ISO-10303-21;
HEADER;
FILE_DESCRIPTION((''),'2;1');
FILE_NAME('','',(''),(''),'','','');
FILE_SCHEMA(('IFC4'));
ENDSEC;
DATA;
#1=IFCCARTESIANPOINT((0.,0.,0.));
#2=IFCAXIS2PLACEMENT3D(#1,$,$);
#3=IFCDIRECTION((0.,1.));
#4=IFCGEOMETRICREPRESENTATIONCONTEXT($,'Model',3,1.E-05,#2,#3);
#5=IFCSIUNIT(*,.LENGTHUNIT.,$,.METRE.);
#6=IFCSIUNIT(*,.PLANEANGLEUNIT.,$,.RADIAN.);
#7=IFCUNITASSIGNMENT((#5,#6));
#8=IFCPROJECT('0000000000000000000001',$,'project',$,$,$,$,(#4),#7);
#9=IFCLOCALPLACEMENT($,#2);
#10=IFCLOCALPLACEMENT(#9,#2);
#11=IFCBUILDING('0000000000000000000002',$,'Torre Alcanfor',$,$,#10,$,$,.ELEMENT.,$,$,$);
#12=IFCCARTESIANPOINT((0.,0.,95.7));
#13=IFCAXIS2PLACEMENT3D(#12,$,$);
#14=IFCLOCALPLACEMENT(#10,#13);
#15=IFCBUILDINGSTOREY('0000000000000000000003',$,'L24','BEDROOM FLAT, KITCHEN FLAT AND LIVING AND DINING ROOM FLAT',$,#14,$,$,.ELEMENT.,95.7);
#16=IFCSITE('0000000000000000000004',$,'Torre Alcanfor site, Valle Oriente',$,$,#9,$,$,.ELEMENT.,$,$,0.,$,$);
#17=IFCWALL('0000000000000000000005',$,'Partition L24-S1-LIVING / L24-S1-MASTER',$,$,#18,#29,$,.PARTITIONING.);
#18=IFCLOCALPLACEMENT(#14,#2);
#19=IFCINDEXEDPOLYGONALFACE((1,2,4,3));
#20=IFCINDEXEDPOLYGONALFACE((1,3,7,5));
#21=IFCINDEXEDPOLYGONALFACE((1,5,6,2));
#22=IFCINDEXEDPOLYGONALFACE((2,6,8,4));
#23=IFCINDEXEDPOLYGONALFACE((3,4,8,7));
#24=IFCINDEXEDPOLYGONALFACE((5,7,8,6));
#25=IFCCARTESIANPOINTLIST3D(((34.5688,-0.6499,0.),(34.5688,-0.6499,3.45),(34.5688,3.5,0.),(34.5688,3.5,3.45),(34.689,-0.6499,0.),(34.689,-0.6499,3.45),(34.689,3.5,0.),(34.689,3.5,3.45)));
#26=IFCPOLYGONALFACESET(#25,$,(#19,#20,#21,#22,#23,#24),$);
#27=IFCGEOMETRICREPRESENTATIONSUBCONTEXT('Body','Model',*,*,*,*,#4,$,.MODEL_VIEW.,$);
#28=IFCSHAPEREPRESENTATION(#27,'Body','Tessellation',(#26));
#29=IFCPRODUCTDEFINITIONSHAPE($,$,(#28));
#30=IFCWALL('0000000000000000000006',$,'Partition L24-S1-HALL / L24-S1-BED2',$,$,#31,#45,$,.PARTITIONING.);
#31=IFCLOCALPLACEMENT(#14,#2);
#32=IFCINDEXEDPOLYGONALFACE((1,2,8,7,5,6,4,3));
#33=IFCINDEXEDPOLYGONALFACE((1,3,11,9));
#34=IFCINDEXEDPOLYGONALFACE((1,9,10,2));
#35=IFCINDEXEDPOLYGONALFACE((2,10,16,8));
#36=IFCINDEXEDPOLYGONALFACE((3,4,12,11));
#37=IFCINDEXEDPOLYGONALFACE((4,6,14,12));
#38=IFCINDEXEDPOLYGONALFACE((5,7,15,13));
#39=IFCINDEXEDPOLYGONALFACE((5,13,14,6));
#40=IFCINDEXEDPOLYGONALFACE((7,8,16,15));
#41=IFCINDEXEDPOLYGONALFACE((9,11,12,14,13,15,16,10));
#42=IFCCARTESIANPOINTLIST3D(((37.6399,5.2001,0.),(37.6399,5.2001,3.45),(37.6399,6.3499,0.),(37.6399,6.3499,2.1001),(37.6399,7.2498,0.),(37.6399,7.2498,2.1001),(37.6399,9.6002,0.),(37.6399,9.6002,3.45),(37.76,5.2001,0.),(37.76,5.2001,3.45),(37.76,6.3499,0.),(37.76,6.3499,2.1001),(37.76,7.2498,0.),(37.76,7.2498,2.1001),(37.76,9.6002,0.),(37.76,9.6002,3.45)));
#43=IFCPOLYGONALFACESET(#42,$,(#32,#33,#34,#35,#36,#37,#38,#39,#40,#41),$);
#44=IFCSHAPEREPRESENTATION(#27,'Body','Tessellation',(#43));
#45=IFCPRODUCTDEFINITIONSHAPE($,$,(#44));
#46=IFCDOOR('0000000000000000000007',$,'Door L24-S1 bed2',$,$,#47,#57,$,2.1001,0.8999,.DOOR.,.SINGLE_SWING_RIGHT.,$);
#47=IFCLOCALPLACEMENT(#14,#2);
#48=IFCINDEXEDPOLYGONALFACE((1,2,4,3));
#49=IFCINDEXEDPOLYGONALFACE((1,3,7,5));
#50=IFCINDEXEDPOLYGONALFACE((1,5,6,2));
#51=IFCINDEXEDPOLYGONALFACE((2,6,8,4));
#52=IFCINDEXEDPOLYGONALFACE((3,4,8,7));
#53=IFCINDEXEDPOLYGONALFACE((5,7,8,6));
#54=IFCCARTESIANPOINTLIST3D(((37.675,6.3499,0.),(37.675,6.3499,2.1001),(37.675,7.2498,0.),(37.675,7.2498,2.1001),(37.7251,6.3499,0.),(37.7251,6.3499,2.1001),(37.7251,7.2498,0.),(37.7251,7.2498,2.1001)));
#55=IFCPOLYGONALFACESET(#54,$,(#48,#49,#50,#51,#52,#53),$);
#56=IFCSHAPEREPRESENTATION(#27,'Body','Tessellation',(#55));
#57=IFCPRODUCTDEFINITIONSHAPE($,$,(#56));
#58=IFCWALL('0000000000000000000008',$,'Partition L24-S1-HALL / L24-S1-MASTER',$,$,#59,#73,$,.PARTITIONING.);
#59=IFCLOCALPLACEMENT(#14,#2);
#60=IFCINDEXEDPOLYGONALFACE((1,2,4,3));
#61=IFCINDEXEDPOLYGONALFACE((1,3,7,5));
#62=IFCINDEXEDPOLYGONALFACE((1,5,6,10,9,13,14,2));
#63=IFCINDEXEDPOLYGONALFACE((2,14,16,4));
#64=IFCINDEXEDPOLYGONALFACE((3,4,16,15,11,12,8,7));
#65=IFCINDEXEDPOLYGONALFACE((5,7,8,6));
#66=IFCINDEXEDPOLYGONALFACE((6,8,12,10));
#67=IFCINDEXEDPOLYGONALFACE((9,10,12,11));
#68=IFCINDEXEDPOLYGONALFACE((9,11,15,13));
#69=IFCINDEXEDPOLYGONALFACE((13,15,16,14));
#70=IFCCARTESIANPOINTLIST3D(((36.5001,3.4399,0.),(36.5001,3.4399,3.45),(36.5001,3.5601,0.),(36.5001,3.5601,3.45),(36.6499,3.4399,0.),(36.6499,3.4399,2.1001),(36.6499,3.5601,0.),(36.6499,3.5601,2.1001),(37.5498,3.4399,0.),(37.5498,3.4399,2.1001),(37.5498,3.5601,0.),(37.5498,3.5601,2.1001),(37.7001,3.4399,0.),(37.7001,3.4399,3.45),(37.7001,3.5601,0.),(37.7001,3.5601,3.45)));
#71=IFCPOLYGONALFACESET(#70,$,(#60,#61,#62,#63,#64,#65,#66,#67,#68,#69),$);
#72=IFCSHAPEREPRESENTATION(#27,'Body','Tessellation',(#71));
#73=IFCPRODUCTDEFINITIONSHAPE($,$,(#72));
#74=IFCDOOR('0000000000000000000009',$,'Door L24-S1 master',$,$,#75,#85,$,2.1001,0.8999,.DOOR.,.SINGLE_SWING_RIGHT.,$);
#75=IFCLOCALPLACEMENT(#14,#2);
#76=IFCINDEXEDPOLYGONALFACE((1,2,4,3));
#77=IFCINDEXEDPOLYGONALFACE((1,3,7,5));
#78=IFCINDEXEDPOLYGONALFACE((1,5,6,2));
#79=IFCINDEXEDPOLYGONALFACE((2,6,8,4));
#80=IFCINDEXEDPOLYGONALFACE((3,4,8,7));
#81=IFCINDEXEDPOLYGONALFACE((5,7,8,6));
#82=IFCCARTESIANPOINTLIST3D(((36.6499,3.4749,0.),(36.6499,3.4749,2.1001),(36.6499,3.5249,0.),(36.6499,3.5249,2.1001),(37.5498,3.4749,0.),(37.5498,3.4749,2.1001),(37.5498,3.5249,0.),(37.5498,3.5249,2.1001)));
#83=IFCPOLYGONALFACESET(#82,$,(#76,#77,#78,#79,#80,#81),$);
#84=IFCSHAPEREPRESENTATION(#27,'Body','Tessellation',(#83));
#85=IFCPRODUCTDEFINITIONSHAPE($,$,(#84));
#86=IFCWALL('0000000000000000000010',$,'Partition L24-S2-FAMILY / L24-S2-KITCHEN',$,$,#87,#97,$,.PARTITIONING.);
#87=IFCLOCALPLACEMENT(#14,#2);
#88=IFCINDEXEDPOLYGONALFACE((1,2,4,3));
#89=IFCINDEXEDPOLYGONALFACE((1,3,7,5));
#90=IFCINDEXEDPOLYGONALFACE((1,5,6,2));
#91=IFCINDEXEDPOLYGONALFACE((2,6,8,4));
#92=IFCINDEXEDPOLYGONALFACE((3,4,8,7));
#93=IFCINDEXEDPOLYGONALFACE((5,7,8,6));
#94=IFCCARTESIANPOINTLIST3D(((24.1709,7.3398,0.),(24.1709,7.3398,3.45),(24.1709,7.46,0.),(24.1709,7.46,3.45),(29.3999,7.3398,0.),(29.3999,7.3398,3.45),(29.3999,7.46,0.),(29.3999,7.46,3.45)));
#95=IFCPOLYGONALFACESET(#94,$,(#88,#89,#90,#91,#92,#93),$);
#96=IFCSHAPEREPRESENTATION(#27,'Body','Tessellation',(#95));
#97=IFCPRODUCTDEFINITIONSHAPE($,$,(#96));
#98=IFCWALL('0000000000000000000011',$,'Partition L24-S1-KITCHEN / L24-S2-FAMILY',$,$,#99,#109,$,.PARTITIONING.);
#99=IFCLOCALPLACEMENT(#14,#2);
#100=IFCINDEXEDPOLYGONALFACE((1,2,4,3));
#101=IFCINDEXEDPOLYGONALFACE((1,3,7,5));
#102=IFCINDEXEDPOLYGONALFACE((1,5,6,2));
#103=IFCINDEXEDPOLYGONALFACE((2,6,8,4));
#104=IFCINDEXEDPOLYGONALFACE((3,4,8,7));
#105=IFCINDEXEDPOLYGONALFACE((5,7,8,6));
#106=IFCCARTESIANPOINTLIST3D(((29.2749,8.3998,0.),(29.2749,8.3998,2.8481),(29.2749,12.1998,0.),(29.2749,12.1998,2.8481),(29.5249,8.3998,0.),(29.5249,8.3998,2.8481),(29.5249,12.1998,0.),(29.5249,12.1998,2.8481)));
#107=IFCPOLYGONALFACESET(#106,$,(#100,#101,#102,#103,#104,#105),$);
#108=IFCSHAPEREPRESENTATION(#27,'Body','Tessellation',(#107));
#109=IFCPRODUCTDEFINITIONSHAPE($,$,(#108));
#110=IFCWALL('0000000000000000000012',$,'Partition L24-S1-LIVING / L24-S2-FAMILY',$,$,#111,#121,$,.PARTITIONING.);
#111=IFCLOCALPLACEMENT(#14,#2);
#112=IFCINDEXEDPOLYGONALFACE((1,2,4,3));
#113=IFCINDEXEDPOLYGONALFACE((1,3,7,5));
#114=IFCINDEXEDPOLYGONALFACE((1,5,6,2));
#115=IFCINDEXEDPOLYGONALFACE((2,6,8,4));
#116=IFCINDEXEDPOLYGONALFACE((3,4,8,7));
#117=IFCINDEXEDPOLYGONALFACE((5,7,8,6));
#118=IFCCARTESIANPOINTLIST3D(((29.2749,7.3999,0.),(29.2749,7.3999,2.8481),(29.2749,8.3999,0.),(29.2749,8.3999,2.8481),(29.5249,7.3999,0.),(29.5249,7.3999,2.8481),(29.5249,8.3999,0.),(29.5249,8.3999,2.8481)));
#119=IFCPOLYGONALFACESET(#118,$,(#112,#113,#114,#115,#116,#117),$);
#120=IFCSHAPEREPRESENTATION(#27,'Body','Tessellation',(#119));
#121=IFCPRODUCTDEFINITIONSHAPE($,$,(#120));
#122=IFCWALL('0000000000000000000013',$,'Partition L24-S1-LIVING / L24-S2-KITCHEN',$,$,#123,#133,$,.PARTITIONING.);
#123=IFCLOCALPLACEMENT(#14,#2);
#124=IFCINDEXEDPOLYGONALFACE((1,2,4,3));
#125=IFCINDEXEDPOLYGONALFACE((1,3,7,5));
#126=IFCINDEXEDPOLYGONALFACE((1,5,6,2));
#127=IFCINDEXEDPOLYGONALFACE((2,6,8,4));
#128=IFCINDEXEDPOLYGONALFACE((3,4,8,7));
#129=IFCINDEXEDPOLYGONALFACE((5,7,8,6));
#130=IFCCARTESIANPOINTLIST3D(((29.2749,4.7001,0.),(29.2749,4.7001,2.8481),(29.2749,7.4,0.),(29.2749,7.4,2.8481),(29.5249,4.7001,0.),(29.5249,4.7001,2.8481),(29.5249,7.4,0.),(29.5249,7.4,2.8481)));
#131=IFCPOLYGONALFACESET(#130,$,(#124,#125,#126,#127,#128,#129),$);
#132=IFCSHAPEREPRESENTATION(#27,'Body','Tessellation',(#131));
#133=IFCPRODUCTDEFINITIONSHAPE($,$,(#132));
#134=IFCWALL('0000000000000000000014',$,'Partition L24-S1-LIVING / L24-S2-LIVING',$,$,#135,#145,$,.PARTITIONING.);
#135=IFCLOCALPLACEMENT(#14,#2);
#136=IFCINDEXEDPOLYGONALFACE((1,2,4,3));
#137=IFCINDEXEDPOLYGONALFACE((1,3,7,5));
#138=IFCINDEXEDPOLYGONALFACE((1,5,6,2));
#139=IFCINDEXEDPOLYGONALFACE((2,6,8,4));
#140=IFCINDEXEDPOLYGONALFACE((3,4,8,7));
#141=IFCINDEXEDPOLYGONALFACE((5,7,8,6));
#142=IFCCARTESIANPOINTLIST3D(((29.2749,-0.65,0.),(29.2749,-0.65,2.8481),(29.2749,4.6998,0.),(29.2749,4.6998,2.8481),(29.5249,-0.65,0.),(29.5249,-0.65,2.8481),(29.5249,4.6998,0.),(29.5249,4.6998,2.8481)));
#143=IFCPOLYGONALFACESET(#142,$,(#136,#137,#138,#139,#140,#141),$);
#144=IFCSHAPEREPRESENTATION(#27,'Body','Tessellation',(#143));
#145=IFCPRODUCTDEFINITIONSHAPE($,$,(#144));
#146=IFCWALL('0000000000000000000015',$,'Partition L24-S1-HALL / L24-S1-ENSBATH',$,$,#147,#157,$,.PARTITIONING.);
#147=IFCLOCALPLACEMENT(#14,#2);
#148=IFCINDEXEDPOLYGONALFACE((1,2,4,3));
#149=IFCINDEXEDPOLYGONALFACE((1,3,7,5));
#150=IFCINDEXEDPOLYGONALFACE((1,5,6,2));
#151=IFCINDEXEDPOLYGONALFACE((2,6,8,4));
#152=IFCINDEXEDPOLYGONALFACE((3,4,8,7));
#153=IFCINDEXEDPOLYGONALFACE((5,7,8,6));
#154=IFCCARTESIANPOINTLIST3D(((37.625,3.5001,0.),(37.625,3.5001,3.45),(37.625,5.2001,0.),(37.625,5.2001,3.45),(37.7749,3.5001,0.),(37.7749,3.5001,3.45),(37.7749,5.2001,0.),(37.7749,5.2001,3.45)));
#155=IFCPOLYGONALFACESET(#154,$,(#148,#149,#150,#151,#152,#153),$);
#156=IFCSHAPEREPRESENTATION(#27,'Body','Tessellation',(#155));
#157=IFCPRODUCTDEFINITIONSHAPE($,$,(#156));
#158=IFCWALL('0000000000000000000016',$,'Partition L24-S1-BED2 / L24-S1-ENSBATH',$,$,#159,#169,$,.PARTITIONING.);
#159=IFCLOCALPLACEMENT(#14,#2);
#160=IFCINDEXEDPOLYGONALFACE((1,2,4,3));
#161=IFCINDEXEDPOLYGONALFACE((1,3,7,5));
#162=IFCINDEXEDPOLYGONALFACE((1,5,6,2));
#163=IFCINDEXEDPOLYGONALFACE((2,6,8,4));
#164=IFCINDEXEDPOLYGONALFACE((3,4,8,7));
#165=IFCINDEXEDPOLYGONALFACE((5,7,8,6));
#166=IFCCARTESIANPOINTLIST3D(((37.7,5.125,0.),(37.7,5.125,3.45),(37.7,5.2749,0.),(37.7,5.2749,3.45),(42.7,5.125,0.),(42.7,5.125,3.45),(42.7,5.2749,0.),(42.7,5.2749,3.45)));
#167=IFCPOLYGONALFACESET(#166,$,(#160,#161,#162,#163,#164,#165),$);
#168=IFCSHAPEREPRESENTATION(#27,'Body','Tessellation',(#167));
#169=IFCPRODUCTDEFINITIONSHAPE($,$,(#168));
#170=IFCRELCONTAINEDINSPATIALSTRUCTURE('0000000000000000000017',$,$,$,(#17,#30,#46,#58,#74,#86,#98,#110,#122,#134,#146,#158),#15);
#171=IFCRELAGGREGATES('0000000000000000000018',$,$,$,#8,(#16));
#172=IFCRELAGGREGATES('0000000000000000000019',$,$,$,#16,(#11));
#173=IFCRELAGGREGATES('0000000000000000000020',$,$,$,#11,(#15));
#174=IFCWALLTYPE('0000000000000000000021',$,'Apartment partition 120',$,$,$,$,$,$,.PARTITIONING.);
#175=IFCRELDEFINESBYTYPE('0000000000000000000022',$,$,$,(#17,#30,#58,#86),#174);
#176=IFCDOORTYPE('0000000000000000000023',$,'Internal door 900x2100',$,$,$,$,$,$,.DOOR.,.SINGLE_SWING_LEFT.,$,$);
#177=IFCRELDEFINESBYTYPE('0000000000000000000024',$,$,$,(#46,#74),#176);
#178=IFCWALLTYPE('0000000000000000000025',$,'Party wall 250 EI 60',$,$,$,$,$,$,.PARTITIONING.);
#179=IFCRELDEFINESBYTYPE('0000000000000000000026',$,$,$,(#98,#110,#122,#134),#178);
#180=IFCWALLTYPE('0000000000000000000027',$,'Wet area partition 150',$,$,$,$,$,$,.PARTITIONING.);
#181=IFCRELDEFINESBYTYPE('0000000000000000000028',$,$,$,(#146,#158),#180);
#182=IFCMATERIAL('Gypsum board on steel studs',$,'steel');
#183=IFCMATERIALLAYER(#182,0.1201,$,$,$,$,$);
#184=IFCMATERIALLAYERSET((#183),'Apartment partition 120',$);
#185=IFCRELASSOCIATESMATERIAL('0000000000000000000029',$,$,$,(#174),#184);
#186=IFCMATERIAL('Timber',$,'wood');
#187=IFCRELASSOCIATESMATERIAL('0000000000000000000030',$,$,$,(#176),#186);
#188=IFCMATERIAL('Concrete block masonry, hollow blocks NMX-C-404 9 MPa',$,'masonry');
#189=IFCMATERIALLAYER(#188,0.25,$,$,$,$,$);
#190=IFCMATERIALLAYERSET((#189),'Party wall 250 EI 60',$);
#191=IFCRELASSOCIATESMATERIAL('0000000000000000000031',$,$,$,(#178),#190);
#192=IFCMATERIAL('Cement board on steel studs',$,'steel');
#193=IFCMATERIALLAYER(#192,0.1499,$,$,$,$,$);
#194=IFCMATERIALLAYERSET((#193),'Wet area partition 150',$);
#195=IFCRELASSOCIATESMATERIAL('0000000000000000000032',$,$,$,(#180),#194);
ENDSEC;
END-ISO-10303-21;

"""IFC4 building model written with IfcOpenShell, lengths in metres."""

from ifc_helpers import new_model, si_unit, direction, frame, frame_2d, origin, place, context, subcontext, project, spatial, rectangle, extrude, material, layer, layer_set, type_object, element, fill, save


model = new_model("IFC4")

# Units and contexts
model_context = context("Model", 3, precision=1e-05, world=origin(), true_north=direction((0.0, 1.0)))
body_context = subcontext(model_context, "Body", "Model", "MODEL_VIEW")
ifc_project = project(units=[si_unit("LENGTHUNIT", "METRE"), si_unit("PLANEANGLEUNIT", "RADIAN")], contexts=[model_context])

# Site, building, storey
site_placement = place(None, origin())
site = spatial("IfcSite", under=ifc_project, at=site_placement, Name="Torre Alcanfor site, Valle Oriente", CompositionType="ELEMENT", RefElevation=0.0)
building_placement = place(site_placement, origin())
building = spatial("IfcBuilding", under=site, at=building_placement, Name="Torre Alcanfor", CompositionType="ELEMENT")
storey_placement = place(building_placement, frame((0.0, 0.0, 95.7)))
storey = spatial("IfcBuildingStorey", under=building, at=storey_placement, Name="L24", Description="BEDROOM FLAT, KITCHEN FLAT AND LIVING AND DINING ROOM FLAT", CompositionType="ELEMENT", Elevation=95.7)

# Wall
ifc_material_1 = material(Name="Gypsum board on steel studs", Category="steel")
ifc_layer_1 = layer(ifc_material_1, 0.1201)
ifc_layer_set_1 = layer_set([ifc_layer_1], Name="Apartment partition 120")
wall_type_1 = type_object("IfcWallType", Name="Apartment partition 120", PredefinedType="PARTITIONING", material=ifc_layer_set_1)
wall_1_placement = place(storey_placement, frame((34.6289, 3.5, 0.0), z_axis=(0.0, 0.0, 1.0), x_axis=(0.0, -1.0, 0.0)))
element("IfcWall", 1, at=wall_1_placement, inside=storey, type_object=wall_type_1, Name="Partition L24-S1-LIVING / L24-S1-MASTER", PredefinedType="PARTITIONING", context=body_context, shape_type="SweptSolid", body=[
    extrude(rectangle(XDim=4.1499, YDim=0.1201, at=frame_2d((2.075, 0.0))), origin(), (0.0, 0.0, 1.0), 3.45),
])

# Walls, openings, doors
wall_2_placement = place(storey_placement, frame((37.7, 5.2, 0.0), z_axis=(0.0, 0.0, 1.0), x_axis=(0.0, 1.0, 0.0)))
wall_2 = element("IfcWall", 2, at=wall_2_placement, inside=storey, type_object=wall_type_1, Name="Partition L24-S1-HALL / L24-S1-BED2", PredefinedType="PARTITIONING", context=body_context, shape_type="SweptSolid", body=[
    extrude(rectangle(XDim=4.4001, YDim=0.1201, at=frame_2d((2.2002, 0.0))), origin(), (0.0, 0.0, 1.0), 3.45),
])
opening_1_placement = place(wall_2_placement, frame((1.1499, 0.0, 0.0)))
opening_1 = element("IfcOpeningElement", 3, at=opening_1_placement, cuts=wall_2, PredefinedType="OPENING", context=body_context, shape_type="SweptSolid", body=[
    extrude(rectangle(XDim=0.8999, YDim=2.1001, at=frame_2d((0.45, 1.05))), frame((0.0, 0.0701, 0.0), z_axis=(0.0, -1.0, 0.0), x_axis=(1.0, 0.0, 0.0)), (0.0, 0.0, 1.0), 0.1401),
])
ifc_material_2 = material(Name="Timber", Category="wood")
door_type_1 = type_object("IfcDoorType", Name="Internal door 900x2100", OperationType="SINGLE_SWING_LEFT", PredefinedType="DOOR", material=ifc_material_2)
door_1_placement = place(opening_1_placement, frame((0.8999, 0.0, 0.0), z_axis=(0.0, 0.0, 1.0), x_axis=(-1.0, 0.0, 0.0)))
door_1 = element("IfcDoor", 4, at=door_1_placement, inside=storey, type_object=door_type_1, Name="Door L24-S1 bed2", OperationType="SINGLE_SWING_RIGHT", OverallHeight=2.1001, OverallWidth=0.8999, PredefinedType="DOOR", context=body_context, shape_type="SweptSolid", body=[
    extrude(rectangle(XDim=0.8999, YDim=2.1001, at=frame_2d((0.45, 1.05))), frame((0.0, 0.0251, 0.0), z_axis=(0.0, -1.0, 0.0), x_axis=(1.0, 0.0, 0.0)), (0.0, 0.0, 1.0), 0.05),
])
fill(opening_1, door_1)
wall_3_placement = place(storey_placement, frame((36.5, 3.5, 0.0), z_axis=(0.0, 0.0, 1.0), x_axis=(1.0, 0.0, 0.0)))
wall_3 = element("IfcWall", 5, at=wall_3_placement, inside=storey, type_object=wall_type_1, Name="Partition L24-S1-HALL / L24-S1-MASTER", PredefinedType="PARTITIONING", context=body_context, shape_type="SweptSolid", body=[
    extrude(rectangle(XDim=1.2, YDim=0.1201, at=frame_2d((0.6001, 0.0))), origin(), (0.0, 0.0, 1.0), 3.45),
])
opening_2_placement = place(wall_3_placement, frame((0.1499, 0.0, 0.0)))
opening_2 = element("IfcOpeningElement", 6, at=opening_2_placement, cuts=wall_3, PredefinedType="OPENING", context=body_context, shape_type="SweptSolid", body=[
    extrude(rectangle(XDim=0.8999, YDim=2.1001, at=frame_2d((0.45, 1.05))), frame((0.0, 0.0701, 0.0), z_axis=(0.0, -1.0, 0.0), x_axis=(1.0, 0.0, 0.0)), (0.0, 0.0, 1.0), 0.1401),
])
door_2_placement = place(opening_2_placement, frame((0.8999, 0.0, 0.0), z_axis=(0.0, 0.0, 1.0), x_axis=(-1.0, 0.0, 0.0)))
door_2 = element("IfcDoor", 7, at=door_2_placement, inside=storey, type_object=door_type_1, Name="Door L24-S1 master", OperationType="SINGLE_SWING_RIGHT", OverallHeight=2.1001, OverallWidth=0.8999, PredefinedType="DOOR", context=body_context, shape_type="SweptSolid", body=[
    extrude(rectangle(XDim=0.8999, YDim=2.1001, at=frame_2d((0.45, 1.05))), frame((0.0, 0.0251, 0.0), z_axis=(0.0, -1.0, 0.0), x_axis=(1.0, 0.0, 0.0)), (0.0, 0.0, 1.0), 0.05),
])
fill(opening_2, door_2)

# Walls
wall_4_placement = place(storey_placement, frame((29.3999, 7.3999, 0.0), z_axis=(0.0, 0.0, 1.0), x_axis=(-1.0, 0.0, 0.0)))
element("IfcWall", 8, at=wall_4_placement, inside=storey, type_object=wall_type_1, Name="Partition L24-S2-FAMILY / L24-S2-KITCHEN", PredefinedType="PARTITIONING", context=body_context, shape_type="SweptSolid", body=[
    extrude(rectangle(XDim=5.229, YDim=0.1201, at=frame_2d((2.6145, 0.0))), origin(), (0.0, 0.0, 1.0), 3.45),
])
ifc_material_3 = material(Name="Concrete block masonry, hollow blocks NMX-C-404 9 MPa", Category="masonry")
ifc_layer_2 = layer(ifc_material_3, 0.25)
ifc_layer_set_2 = layer_set([ifc_layer_2], Name="Party wall 250 EI 60")
wall_type_2 = type_object("IfcWallType", Name="Party wall 250 EI 60", PredefinedType="PARTITIONING", material=ifc_layer_set_2)
wall_5_placement = place(storey_placement, frame((29.3999, 8.3999, 0.0), z_axis=(0.0, 0.0, 1.0), x_axis=(0.0, 1.0, 0.0)))
element("IfcWall", 9, at=wall_5_placement, inside=storey, type_object=wall_type_2, Name="Partition L24-S1-KITCHEN / L24-S2-FAMILY", PredefinedType="PARTITIONING", context=body_context, shape_type="SweptSolid", body=[
    extrude(rectangle(XDim=3.8, YDim=0.25, at=frame_2d((1.8999, 0.0))), origin(), (0.0, 0.0, 1.0), 2.8481),
])
wall_6_placement = place(storey_placement, frame((29.3999, 7.3999, 0.0), z_axis=(0.0, 0.0, 1.0), x_axis=(0.0, 1.0, 0.0)))
element("IfcWall", 10, at=wall_6_placement, inside=storey, type_object=wall_type_2, Name="Partition L24-S1-LIVING / L24-S2-FAMILY", PredefinedType="PARTITIONING", context=body_context, shape_type="SweptSolid", body=[
    extrude(rectangle(XDim=1.0, YDim=0.25, at=frame_2d((0.5, 0.0))), origin(), (0.0, 0.0, 1.0), 2.8481),
])
wall_7_placement = place(storey_placement, frame((29.3999, 4.7, 0.0), z_axis=(0.0, 0.0, 1.0), x_axis=(0.0, 1.0, 0.0)))
element("IfcWall", 11, at=wall_7_placement, inside=storey, type_object=wall_type_2, Name="Partition L24-S1-LIVING / L24-S2-KITCHEN", PredefinedType="PARTITIONING", context=body_context, shape_type="SweptSolid", body=[
    extrude(rectangle(XDim=2.7, YDim=0.25, at=frame_2d((1.3501, 0.0))), origin(), (0.0, 0.0, 1.0), 2.8481),
])
wall_8_placement = place(storey_placement, frame((29.3999, -0.6499, 0.0), z_axis=(0.0, 0.0, 1.0), x_axis=(0.0, 1.0, 0.0)))
element("IfcWall", 12, at=wall_8_placement, inside=storey, type_object=wall_type_2, Name="Partition L24-S1-LIVING / L24-S2-LIVING", PredefinedType="PARTITIONING", context=body_context, shape_type="SweptSolid", body=[
    extrude(rectangle(XDim=5.3499, YDim=0.25, at=frame_2d((2.6748, 0.0))), origin(), (0.0, 0.0, 1.0), 2.8481),
])
ifc_material_4 = material(Name="Cement board on steel studs", Category="steel")
ifc_layer_3 = layer(ifc_material_4, 0.1499)
ifc_layer_set_3 = layer_set([ifc_layer_3], Name="Wet area partition 150")
wall_type_3 = type_object("IfcWallType", Name="Wet area partition 150", PredefinedType="PARTITIONING", material=ifc_layer_set_3)
wall_9_placement = place(storey_placement, frame((37.7, 3.5, 0.0), z_axis=(0.0, 0.0, 1.0), x_axis=(0.0, 1.0, 0.0)))
element("IfcWall", 13, at=wall_9_placement, inside=storey, type_object=wall_type_3, Name="Partition L24-S1-HALL / L24-S1-ENSBATH", PredefinedType="PARTITIONING", context=body_context, shape_type="SweptSolid", body=[
    extrude(rectangle(XDim=1.7, YDim=0.1499, at=frame_2d((0.8501, 0.0))), origin(), (0.0, 0.0, 1.0), 3.45),
])
wall_10_placement = place(storey_placement, frame((37.7, 5.2, 0.0), z_axis=(0.0, 0.0, 1.0), x_axis=(1.0, 0.0, 0.0)))
element("IfcWall", 14, at=wall_10_placement, inside=storey, type_object=wall_type_3, Name="Partition L24-S1-BED2 / L24-S1-ENSBATH", PredefinedType="PARTITIONING", context=body_context, shape_type="SweptSolid", body=[
    extrude(rectangle(XDim=5.0, YDim=0.1499, at=frame_2d((2.5, 0.0))), origin(), (0.0, 0.0, 1.0), 3.45),
])

save(model, "model.ifc")
